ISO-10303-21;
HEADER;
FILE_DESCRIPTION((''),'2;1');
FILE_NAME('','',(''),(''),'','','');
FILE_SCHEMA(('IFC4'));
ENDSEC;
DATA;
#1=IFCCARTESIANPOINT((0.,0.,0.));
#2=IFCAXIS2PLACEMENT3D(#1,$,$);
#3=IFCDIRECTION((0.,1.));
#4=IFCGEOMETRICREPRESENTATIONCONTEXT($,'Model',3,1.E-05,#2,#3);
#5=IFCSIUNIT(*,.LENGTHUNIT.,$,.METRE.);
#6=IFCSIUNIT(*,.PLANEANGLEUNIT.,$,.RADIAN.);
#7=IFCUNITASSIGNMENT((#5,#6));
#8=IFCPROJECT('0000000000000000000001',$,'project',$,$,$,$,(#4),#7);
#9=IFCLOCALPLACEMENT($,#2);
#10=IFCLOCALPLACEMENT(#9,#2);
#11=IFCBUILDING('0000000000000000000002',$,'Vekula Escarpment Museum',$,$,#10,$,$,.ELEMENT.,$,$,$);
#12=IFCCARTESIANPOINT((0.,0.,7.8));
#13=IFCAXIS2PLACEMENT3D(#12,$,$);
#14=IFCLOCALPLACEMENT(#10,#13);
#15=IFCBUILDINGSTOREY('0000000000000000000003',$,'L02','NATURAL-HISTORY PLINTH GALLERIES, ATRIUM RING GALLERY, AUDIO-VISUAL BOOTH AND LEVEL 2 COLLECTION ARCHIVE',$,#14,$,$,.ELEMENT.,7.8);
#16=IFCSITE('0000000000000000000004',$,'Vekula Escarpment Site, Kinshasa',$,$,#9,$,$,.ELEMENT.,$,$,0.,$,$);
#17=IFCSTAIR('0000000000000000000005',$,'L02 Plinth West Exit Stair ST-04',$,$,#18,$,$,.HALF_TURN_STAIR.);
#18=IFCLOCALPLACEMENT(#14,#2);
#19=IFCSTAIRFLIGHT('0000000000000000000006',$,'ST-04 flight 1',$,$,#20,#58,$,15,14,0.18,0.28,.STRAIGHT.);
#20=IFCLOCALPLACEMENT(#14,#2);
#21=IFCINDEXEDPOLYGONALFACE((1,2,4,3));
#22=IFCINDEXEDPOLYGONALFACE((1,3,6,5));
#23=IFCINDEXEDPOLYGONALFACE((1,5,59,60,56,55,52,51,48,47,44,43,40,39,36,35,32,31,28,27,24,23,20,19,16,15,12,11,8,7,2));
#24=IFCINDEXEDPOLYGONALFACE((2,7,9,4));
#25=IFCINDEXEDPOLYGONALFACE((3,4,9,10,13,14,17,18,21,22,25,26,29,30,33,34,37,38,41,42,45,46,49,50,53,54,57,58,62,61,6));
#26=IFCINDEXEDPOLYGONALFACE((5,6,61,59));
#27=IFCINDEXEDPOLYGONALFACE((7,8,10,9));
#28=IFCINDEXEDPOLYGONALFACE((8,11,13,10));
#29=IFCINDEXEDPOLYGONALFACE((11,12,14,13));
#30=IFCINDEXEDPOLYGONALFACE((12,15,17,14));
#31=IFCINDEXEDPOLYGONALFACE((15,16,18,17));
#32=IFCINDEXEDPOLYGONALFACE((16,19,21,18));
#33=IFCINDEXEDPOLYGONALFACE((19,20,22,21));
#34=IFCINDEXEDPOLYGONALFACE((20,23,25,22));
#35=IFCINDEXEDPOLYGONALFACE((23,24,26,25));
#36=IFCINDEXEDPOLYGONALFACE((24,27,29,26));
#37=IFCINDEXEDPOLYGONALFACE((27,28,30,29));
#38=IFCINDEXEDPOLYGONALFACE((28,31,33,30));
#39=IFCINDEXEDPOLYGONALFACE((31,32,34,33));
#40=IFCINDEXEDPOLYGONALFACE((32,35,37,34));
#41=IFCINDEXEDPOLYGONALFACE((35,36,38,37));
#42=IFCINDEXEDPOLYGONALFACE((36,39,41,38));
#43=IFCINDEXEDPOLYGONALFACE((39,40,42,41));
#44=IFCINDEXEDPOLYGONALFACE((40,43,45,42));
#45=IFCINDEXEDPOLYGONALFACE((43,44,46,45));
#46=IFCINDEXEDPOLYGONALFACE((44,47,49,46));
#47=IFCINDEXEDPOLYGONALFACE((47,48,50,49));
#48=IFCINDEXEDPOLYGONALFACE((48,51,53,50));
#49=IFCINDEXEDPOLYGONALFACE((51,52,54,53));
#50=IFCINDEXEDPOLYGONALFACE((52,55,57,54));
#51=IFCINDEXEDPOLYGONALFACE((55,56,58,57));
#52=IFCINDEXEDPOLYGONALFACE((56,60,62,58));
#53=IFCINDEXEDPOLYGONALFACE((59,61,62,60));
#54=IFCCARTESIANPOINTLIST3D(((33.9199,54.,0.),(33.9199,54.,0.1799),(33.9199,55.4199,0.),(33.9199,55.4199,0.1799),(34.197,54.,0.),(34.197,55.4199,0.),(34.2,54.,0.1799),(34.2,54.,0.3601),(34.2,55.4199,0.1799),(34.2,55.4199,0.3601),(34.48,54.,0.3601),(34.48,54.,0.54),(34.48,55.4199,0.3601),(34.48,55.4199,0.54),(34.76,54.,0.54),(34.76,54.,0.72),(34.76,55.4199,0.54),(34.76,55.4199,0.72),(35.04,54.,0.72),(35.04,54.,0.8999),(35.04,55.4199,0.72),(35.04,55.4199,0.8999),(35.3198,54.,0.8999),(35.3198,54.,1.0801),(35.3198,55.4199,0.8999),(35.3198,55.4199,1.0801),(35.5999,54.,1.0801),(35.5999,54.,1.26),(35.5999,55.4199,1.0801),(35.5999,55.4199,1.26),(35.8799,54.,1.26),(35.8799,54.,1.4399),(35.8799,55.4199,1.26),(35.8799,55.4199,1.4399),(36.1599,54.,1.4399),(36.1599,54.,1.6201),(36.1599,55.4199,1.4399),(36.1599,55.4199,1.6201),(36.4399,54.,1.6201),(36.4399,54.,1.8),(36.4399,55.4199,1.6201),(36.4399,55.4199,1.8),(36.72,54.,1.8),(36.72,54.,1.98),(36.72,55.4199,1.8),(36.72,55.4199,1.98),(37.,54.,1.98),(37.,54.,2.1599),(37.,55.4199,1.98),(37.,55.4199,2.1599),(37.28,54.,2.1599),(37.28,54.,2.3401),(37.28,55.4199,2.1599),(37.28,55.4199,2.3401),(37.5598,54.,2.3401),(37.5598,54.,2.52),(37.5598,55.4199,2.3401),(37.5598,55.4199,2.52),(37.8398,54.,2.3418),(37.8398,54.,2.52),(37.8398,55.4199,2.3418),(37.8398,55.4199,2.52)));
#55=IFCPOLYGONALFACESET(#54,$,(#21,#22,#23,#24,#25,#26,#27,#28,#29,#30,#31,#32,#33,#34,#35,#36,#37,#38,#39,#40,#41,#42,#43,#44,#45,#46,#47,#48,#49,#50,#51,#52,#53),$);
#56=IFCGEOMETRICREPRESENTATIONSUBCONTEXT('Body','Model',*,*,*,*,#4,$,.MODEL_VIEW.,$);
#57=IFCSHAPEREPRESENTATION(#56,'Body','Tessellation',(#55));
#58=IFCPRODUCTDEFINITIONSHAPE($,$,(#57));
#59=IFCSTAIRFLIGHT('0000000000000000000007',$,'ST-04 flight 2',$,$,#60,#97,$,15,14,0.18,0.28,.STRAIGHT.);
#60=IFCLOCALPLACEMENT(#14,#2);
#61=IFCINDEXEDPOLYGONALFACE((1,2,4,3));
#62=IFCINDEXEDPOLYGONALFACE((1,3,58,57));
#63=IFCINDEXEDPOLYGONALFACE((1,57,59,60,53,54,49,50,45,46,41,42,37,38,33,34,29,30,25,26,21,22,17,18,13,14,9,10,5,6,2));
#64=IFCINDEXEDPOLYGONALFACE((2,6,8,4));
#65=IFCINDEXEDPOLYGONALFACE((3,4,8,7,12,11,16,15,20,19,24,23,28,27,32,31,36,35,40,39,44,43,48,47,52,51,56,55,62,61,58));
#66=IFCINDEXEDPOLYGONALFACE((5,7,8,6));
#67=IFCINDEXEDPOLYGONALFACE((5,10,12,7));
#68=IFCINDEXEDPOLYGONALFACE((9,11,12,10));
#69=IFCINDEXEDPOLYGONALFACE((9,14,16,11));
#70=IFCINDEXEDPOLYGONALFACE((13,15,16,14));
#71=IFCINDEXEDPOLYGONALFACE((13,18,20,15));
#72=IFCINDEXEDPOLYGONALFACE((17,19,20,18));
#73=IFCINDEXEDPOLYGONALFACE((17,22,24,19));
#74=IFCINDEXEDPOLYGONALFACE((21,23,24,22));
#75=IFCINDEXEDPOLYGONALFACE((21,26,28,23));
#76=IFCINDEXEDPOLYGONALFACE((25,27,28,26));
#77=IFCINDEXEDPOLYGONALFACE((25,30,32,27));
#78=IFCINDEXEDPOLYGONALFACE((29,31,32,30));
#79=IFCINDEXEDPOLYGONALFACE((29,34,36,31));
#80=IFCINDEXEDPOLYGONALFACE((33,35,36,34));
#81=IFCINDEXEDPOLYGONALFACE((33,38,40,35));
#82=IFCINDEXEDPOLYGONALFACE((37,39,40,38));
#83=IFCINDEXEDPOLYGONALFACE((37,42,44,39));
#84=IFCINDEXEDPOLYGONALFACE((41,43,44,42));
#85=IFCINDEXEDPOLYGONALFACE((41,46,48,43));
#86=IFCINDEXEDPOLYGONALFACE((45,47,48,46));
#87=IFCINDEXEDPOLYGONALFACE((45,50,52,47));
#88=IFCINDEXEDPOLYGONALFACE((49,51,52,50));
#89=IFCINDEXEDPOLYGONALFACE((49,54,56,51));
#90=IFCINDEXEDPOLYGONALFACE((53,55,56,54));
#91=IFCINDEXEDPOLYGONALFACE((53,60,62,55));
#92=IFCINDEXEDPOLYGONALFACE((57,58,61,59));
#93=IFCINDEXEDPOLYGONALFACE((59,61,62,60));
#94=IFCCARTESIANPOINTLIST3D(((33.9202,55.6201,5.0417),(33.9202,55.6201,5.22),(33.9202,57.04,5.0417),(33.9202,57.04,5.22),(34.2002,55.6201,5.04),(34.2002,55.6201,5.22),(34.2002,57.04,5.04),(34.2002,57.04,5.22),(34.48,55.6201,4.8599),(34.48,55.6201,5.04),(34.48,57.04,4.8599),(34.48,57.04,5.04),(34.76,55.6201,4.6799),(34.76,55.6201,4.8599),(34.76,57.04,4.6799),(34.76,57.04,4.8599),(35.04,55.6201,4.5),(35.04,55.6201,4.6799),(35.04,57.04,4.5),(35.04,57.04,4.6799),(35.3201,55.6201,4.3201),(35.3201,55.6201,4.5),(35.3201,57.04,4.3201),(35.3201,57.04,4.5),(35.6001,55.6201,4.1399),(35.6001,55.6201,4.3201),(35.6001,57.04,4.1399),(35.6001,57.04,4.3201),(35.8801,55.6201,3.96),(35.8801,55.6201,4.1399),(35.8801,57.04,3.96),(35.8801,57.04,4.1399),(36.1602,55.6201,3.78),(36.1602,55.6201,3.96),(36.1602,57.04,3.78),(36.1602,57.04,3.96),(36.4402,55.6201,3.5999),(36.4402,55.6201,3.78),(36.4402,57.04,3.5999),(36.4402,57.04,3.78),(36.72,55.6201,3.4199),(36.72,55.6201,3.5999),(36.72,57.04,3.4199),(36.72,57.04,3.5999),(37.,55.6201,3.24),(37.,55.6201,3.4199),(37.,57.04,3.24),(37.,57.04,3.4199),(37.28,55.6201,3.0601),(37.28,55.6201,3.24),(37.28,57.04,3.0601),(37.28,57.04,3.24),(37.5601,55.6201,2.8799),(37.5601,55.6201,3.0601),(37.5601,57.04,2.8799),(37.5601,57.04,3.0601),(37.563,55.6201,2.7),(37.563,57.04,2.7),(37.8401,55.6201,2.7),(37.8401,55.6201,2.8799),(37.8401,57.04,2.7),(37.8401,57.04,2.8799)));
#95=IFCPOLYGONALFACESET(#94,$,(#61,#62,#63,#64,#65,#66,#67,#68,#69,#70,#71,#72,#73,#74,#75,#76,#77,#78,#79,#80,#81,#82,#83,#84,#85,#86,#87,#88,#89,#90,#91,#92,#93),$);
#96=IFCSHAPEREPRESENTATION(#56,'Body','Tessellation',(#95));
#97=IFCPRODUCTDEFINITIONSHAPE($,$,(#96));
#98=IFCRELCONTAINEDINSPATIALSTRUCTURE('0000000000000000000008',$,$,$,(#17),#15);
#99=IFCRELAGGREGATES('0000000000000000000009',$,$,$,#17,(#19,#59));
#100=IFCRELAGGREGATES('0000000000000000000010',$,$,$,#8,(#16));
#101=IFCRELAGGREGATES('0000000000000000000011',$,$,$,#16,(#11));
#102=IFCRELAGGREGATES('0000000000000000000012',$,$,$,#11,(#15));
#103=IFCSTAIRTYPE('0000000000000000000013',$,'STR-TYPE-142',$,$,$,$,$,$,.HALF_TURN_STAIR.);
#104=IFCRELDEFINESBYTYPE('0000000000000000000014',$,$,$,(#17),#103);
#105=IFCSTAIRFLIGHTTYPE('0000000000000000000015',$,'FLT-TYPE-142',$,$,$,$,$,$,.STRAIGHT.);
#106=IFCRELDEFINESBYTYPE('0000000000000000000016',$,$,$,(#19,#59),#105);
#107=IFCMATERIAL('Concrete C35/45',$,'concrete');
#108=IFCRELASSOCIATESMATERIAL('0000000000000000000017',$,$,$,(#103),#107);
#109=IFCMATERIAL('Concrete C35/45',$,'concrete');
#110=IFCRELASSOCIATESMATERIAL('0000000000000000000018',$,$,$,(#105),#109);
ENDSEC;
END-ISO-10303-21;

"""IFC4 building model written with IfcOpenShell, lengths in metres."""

from ifc_helpers import new_model, si_unit, direction, frame, origin, place, context, subcontext, project, spatial, polyline, outline, extrude, material, type_object, element, aggregate, save


model = new_model("IFC4")

# Units and contexts
model_context = context("Model", 3, precision=1e-05, world=origin(), true_north=direction((0.0, 1.0)))
body_context = subcontext(model_context, "Body", "Model", "MODEL_VIEW")
ifc_project = project(units=[si_unit("LENGTHUNIT", "METRE"), si_unit("PLANEANGLEUNIT", "RADIAN")], contexts=[model_context])

# Site, building, storey
site_placement = place(None, origin())
site = spatial("IfcSite", under=ifc_project, at=site_placement, Name="Vekula Escarpment Site, Kinshasa", CompositionType="ELEMENT", RefElevation=0.0)
building_placement = place(site_placement, origin())
building = spatial("IfcBuilding", under=site, at=building_placement, Name="Vekula Escarpment Museum", CompositionType="ELEMENT")
storey_placement = place(building_placement, frame((0.0, 0.0, 7.8)))
storey = spatial("IfcBuildingStorey", under=building, at=storey_placement, Name="L02", Description="NATURAL-HISTORY PLINTH GALLERIES, ATRIUM RING GALLERY, AUDIO-VISUAL BOOTH AND LEVEL 2 COLLECTION ARCHIVE", CompositionType="ELEMENT", Elevation=7.8)

# Stair, stair flights
ifc_material_1 = material(Name="Concrete C35/45", Category="concrete")
stair_type = type_object("IfcStairType", Name="STR-TYPE-142", PredefinedType="HALF_TURN_STAIR", material=ifc_material_1)
stair_placement = place(storey_placement, origin())
stair = element("IfcStair", 1, at=stair_placement, inside=storey, type_object=stair_type, Name="L02 Plinth West Exit Stair ST-04", PredefinedType="HALF_TURN_STAIR")
ifc_material_2 = material(Name="Concrete C35/45", Category="concrete")
stair_flight_type = type_object("IfcStairFlightType", Name="FLT-TYPE-142", PredefinedType="STRAIGHT", material=ifc_material_2)
stair_flight_1_placement = place(storey_placement, frame((33.9199, 54.71, 0.0), z_axis=(0.0, 0.0, 1.0), x_axis=(1.0, 0.0, 0.0)))
stair_flight_1 = element("IfcStairFlight", 2, at=stair_flight_1_placement, type_object=stair_flight_type, Name="ST-04 flight 1", NumberOfRisers=15, NumberOfTreads=14, PredefinedType="STRAIGHT", RiserHeight=0.18, TreadLength=0.28, context=body_context, shape_type="SweptSolid", body=[
    extrude(outline(polyline([(0.0, 0.0), (0.0, 0.1799), (0.28, 0.1799), (0.28, 0.3601), (0.5601, 0.3601), (0.5601, 0.54), (0.8401, 0.54), (0.8401, 0.72), (1.1201, 0.72), (1.1201, 0.8999), (1.3999, 0.8999), (1.3999, 1.0801), (1.6799, 1.0801), (1.6799, 1.26), (1.96, 1.26), (1.96, 1.4399), (2.24, 1.4399), (2.24, 1.6201), (2.52, 1.6201), (2.52, 1.8), (2.8, 1.8), (2.8, 1.98), (3.0801, 1.98), (3.0801, 2.1599), (3.3601, 2.1599), (3.3601, 2.3401), (3.6399, 2.3401), (3.6399, 2.52), (3.9199, 2.52), (3.9199, 2.7), (3.9199, 2.3418), (0.2771, 0.0), (0.0, 0.0)])), frame((0.0, 0.71, 0.0), z_axis=(0.0, -1.0, 0.0), x_axis=(1.0, 0.0, 0.0)), (0.0, 0.0, 1.0), 1.4199),
])
stair_flight_2_placement = place(storey_placement, frame((37.8401, 56.3301, 2.7), z_axis=(0.0, 0.0, 1.0), x_axis=(-1.0, 0.0, 0.0)))
stair_flight_2 = element("IfcStairFlight", 3, at=stair_flight_2_placement, type_object=stair_flight_type, Name="ST-04 flight 2", NumberOfRisers=15, NumberOfTreads=14, PredefinedType="STRAIGHT", RiserHeight=0.18, TreadLength=0.28, context=body_context, shape_type="SweptSolid", body=[
    extrude(outline(polyline([(0.0, 0.0), (0.0, 0.1799), (0.28, 0.1799), (0.28, 0.3601), (0.5601, 0.3601), (0.5601, 0.54), (0.8401, 0.54), (0.8401, 0.72), (1.1201, 0.72), (1.1201, 0.8999), (1.3999, 0.8999), (1.3999, 1.0801), (1.6799, 1.0801), (1.6799, 1.26), (1.96, 1.26), (1.96, 1.4399), (2.24, 1.4399), (2.24, 1.6201), (2.52, 1.6201), (2.52, 1.8), (2.8, 1.8), (2.8, 1.98), (3.0801, 1.98), (3.0801, 2.1599), (3.3601, 2.1599), (3.3601, 2.3401), (3.6399, 2.3401), (3.6399, 2.52), (3.9199, 2.52), (3.9199, 2.7), (3.9199, 2.3418), (0.2771, 0.0), (0.0, 0.0)])), frame((0.0, 0.71, 0.0), z_axis=(0.0, -1.0, 0.0), x_axis=(1.0, 0.0, 0.0)), (0.0, 0.0, 1.0), 1.4199),
])
aggregate(stair, [stair_flight_1, stair_flight_2])

save(model, "model.ifc")
